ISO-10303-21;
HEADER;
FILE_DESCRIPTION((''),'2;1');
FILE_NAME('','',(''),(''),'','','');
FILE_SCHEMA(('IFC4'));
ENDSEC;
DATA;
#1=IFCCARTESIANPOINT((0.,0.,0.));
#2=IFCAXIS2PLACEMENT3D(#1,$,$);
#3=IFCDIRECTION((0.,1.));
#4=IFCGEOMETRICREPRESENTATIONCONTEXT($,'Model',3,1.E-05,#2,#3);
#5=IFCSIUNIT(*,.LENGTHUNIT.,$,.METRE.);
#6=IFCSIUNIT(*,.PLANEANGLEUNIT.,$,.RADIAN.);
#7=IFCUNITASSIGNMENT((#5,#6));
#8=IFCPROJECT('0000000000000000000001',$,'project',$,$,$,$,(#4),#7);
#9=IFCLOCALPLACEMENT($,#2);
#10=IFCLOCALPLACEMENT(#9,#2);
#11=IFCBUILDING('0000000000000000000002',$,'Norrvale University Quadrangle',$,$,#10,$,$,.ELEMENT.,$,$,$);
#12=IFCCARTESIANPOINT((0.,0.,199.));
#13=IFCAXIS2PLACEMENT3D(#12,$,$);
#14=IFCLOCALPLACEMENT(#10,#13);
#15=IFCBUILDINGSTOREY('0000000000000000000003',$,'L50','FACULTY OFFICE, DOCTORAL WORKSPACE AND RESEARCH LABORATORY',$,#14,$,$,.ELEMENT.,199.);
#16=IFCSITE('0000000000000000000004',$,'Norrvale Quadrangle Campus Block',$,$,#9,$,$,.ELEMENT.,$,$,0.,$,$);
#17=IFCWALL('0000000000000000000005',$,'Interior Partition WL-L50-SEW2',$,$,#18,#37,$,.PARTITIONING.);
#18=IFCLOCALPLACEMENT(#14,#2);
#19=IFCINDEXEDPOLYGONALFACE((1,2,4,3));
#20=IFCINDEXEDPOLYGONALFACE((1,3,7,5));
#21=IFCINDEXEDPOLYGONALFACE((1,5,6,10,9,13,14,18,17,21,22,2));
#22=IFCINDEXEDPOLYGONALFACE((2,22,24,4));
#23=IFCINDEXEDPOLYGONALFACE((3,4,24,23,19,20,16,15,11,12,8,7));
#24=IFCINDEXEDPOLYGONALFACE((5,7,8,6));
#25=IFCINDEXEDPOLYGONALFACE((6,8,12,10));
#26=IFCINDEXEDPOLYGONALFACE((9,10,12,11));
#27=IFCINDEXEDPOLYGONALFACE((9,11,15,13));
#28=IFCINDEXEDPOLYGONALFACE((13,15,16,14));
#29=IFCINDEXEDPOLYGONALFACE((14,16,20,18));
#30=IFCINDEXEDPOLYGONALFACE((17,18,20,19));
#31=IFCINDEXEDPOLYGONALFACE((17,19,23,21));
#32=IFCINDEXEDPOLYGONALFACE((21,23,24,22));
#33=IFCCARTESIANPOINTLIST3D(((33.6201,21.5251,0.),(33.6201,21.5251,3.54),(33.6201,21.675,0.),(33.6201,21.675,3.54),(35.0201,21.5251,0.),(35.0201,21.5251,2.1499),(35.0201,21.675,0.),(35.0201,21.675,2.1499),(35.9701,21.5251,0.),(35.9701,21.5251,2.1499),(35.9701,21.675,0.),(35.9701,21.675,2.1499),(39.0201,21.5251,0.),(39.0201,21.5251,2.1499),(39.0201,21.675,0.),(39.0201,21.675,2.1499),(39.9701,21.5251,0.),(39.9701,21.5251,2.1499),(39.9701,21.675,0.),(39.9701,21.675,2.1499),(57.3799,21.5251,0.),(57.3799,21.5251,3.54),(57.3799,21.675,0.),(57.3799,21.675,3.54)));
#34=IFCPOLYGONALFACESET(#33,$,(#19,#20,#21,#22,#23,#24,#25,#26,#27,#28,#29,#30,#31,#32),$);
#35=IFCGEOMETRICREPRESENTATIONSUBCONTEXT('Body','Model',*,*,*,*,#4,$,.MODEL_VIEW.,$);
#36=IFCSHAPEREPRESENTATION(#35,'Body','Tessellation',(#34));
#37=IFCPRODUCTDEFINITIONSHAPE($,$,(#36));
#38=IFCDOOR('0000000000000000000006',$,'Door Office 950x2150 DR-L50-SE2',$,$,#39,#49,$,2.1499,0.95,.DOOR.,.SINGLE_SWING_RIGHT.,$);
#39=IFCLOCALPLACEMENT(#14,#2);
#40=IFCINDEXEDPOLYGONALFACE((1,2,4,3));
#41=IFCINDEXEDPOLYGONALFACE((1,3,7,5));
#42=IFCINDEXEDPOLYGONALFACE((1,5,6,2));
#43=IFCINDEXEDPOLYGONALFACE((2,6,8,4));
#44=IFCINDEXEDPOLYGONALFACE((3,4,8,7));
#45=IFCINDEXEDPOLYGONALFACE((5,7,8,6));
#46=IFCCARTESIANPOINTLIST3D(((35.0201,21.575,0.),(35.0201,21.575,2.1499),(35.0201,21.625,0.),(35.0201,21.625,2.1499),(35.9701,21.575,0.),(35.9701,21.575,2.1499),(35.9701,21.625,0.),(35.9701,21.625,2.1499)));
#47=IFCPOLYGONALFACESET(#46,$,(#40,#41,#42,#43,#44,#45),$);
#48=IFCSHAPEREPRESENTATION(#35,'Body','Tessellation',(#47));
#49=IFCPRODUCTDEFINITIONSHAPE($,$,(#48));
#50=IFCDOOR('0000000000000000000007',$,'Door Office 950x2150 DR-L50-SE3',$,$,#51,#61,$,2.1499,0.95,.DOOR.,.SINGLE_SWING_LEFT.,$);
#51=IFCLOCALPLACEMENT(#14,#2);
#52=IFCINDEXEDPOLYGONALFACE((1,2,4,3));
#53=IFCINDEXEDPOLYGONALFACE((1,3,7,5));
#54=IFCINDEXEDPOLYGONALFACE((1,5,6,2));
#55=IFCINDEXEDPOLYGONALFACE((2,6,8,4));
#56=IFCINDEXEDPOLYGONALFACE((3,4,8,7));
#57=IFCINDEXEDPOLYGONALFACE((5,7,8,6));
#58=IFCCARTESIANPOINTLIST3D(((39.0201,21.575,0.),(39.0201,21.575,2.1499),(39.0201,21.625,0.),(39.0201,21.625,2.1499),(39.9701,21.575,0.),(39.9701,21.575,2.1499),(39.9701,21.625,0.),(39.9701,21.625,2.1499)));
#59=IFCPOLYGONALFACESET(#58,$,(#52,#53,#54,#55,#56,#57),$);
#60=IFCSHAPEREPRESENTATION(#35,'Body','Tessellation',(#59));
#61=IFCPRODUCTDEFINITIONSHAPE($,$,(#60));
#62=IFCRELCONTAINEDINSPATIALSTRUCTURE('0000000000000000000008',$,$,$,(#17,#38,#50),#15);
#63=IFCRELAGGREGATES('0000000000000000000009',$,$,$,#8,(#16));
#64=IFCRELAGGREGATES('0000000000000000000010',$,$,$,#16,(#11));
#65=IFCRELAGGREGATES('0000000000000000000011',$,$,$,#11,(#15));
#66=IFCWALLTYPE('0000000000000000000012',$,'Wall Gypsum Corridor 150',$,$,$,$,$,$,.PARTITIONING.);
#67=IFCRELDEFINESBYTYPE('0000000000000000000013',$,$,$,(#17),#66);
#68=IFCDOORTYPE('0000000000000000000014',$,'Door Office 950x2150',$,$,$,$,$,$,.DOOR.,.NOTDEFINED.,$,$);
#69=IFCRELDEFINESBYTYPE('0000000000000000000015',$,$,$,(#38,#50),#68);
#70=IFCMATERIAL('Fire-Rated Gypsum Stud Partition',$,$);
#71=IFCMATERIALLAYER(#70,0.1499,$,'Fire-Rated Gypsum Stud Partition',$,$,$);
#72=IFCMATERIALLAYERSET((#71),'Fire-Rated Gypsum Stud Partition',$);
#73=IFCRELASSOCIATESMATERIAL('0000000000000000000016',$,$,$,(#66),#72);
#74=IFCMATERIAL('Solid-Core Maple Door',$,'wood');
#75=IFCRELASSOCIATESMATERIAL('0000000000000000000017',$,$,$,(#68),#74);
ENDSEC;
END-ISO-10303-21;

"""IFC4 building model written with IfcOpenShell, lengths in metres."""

from ifc_helpers import new_model, si_unit, direction, frame, frame_2d, origin, place, context, subcontext, project, spatial, rectangle, extrude, material, layer, layer_set, type_object, element, fill, save


model = new_model("IFC4")

# Units and contexts
model_context = context("Model", 3, precision=1e-05, world=origin(), true_north=direction((0.0, 1.0)))
body_context = subcontext(model_context, "Body", "Model", "MODEL_VIEW")
ifc_project = project(units=[si_unit("LENGTHUNIT", "METRE"), si_unit("PLANEANGLEUNIT", "RADIAN")], contexts=[model_context])

# Site, building, storey
site_placement = place(None, origin())
site = spatial("IfcSite", under=ifc_project, at=site_placement, Name="Norrvale Quadrangle Campus Block", CompositionType="ELEMENT", RefElevation=0.0)
building_placement = place(site_placement, origin())
building = spatial("IfcBuilding", under=site, at=building_placement, Name="Norrvale University Quadrangle", CompositionType="ELEMENT")
storey_placement = place(building_placement, frame((0.0, 0.0, 199.0)))
storey = spatial("IfcBuildingStorey", under=building, at=storey_placement, Name="L50", Description="FACULTY OFFICE, DOCTORAL WORKSPACE AND RESEARCH LABORATORY", CompositionType="ELEMENT", Elevation=199.0)

# Shared definitions
ifc_material_1 = material(Name="Fire-Rated Gypsum Stud Partition")
ifc_layer_1 = layer(ifc_material_1, 0.1499, Name="Fire-Rated Gypsum Stud Partition")
ifc_layer_set_1 = layer_set([ifc_layer_1], Name="Fire-Rated Gypsum Stud Partition")
wall_type_1 = type_object("IfcWallType", Name="Wall Gypsum Corridor 150", PredefinedType="PARTITIONING", material=ifc_layer_set_1)

# Wall, openings, doors
wall_1_placement = place(storey_placement, frame((33.6201, 21.6001, 0.0), z_axis=(0.0, 0.0, 1.0), x_axis=(1.0, 0.0, 0.0)))
wall_1 = element("IfcWall", 1, at=wall_1_placement, inside=storey, type_object=wall_type_1, Name="Interior Partition WL-L50-SEW2", PredefinedType="PARTITIONING", context=body_context, shape_type="SweptSolid", body=[
    extrude(rectangle(XDim=23.7598, YDim=0.1499, at=frame_2d((11.8799, 0.0))), origin(), (0.0, 0.0, 1.0), 3.54),
])
opening_1_placement = place(wall_1_placement, frame((1.3999, 0.0, 0.0)))
opening_1 = element("IfcOpeningElement", 2, at=opening_1_placement, cuts=wall_1, PredefinedType="OPENING", context=body_context, shape_type="SweptSolid", body=[
    extrude(rectangle(XDim=0.95, YDim=2.1499, at=frame_2d((0.4751, 1.075))), frame((0.0, 0.0869, 0.0), z_axis=(0.0, -1.0, 0.0), x_axis=(1.0, 0.0, 0.0)), (0.0, 0.0, 1.0), 0.1738),
])
opening_2_placement = place(wall_1_placement, frame((5.3999, 0.0, 0.0)))
opening_2 = element("IfcOpeningElement", 3, at=opening_2_placement, cuts=wall_1, PredefinedType="OPENING", context=body_context, shape_type="SweptSolid", body=[
    extrude(rectangle(XDim=0.95, YDim=2.1499, at=frame_2d((0.4751, 1.075))), frame((0.0, 0.0869, 0.0), z_axis=(0.0, -1.0, 0.0), x_axis=(1.0, 0.0, 0.0)), (0.0, 0.0, 1.0), 0.1738),
])
ifc_material_2 = material(Name="Solid-Core Maple Door", Category="wood")
door_type = type_object("IfcDoorType", Name="Door Office 950x2150", OperationType="NOTDEFINED", PredefinedType="DOOR", material=ifc_material_2)
door_1_placement = place(opening_1_placement, origin())
door_1 = element("IfcDoor", 4, at=door_1_placement, inside=storey, type_object=door_type, Name="Door Office 950x2150 DR-L50-SE2", OperationType="SINGLE_SWING_RIGHT", OverallHeight=2.1499, OverallWidth=0.95, PredefinedType="DOOR", context=body_context, shape_type="SweptSolid", body=[
    extrude(rectangle(XDim=0.95, YDim=2.1499, at=frame_2d((0.4751, 1.075))), frame((0.0, 0.0249, 0.0), z_axis=(0.0, -1.0, 0.0), x_axis=(1.0, 0.0, 0.0)), (0.0, 0.0, 1.0), 0.05),
])
fill(opening_1, door_1)
door_2_placement = place(opening_2_placement, origin())
door_2 = element("IfcDoor", 5, at=door_2_placement, inside=storey, type_object=door_type, Name="Door Office 950x2150 DR-L50-SE3", OperationType="SINGLE_SWING_LEFT", OverallHeight=2.1499, OverallWidth=0.95, PredefinedType="DOOR", context=body_context, shape_type="SweptSolid", body=[
    extrude(rectangle(XDim=0.95, YDim=2.1499, at=frame_2d((0.4751, 1.075))), frame((0.0, 0.0249, 0.0), z_axis=(0.0, -1.0, 0.0), x_axis=(1.0, 0.0, 0.0)), (0.0, 0.0, 1.0), 0.05),
])
fill(opening_2, door_2)

save(model, "model.ifc")
